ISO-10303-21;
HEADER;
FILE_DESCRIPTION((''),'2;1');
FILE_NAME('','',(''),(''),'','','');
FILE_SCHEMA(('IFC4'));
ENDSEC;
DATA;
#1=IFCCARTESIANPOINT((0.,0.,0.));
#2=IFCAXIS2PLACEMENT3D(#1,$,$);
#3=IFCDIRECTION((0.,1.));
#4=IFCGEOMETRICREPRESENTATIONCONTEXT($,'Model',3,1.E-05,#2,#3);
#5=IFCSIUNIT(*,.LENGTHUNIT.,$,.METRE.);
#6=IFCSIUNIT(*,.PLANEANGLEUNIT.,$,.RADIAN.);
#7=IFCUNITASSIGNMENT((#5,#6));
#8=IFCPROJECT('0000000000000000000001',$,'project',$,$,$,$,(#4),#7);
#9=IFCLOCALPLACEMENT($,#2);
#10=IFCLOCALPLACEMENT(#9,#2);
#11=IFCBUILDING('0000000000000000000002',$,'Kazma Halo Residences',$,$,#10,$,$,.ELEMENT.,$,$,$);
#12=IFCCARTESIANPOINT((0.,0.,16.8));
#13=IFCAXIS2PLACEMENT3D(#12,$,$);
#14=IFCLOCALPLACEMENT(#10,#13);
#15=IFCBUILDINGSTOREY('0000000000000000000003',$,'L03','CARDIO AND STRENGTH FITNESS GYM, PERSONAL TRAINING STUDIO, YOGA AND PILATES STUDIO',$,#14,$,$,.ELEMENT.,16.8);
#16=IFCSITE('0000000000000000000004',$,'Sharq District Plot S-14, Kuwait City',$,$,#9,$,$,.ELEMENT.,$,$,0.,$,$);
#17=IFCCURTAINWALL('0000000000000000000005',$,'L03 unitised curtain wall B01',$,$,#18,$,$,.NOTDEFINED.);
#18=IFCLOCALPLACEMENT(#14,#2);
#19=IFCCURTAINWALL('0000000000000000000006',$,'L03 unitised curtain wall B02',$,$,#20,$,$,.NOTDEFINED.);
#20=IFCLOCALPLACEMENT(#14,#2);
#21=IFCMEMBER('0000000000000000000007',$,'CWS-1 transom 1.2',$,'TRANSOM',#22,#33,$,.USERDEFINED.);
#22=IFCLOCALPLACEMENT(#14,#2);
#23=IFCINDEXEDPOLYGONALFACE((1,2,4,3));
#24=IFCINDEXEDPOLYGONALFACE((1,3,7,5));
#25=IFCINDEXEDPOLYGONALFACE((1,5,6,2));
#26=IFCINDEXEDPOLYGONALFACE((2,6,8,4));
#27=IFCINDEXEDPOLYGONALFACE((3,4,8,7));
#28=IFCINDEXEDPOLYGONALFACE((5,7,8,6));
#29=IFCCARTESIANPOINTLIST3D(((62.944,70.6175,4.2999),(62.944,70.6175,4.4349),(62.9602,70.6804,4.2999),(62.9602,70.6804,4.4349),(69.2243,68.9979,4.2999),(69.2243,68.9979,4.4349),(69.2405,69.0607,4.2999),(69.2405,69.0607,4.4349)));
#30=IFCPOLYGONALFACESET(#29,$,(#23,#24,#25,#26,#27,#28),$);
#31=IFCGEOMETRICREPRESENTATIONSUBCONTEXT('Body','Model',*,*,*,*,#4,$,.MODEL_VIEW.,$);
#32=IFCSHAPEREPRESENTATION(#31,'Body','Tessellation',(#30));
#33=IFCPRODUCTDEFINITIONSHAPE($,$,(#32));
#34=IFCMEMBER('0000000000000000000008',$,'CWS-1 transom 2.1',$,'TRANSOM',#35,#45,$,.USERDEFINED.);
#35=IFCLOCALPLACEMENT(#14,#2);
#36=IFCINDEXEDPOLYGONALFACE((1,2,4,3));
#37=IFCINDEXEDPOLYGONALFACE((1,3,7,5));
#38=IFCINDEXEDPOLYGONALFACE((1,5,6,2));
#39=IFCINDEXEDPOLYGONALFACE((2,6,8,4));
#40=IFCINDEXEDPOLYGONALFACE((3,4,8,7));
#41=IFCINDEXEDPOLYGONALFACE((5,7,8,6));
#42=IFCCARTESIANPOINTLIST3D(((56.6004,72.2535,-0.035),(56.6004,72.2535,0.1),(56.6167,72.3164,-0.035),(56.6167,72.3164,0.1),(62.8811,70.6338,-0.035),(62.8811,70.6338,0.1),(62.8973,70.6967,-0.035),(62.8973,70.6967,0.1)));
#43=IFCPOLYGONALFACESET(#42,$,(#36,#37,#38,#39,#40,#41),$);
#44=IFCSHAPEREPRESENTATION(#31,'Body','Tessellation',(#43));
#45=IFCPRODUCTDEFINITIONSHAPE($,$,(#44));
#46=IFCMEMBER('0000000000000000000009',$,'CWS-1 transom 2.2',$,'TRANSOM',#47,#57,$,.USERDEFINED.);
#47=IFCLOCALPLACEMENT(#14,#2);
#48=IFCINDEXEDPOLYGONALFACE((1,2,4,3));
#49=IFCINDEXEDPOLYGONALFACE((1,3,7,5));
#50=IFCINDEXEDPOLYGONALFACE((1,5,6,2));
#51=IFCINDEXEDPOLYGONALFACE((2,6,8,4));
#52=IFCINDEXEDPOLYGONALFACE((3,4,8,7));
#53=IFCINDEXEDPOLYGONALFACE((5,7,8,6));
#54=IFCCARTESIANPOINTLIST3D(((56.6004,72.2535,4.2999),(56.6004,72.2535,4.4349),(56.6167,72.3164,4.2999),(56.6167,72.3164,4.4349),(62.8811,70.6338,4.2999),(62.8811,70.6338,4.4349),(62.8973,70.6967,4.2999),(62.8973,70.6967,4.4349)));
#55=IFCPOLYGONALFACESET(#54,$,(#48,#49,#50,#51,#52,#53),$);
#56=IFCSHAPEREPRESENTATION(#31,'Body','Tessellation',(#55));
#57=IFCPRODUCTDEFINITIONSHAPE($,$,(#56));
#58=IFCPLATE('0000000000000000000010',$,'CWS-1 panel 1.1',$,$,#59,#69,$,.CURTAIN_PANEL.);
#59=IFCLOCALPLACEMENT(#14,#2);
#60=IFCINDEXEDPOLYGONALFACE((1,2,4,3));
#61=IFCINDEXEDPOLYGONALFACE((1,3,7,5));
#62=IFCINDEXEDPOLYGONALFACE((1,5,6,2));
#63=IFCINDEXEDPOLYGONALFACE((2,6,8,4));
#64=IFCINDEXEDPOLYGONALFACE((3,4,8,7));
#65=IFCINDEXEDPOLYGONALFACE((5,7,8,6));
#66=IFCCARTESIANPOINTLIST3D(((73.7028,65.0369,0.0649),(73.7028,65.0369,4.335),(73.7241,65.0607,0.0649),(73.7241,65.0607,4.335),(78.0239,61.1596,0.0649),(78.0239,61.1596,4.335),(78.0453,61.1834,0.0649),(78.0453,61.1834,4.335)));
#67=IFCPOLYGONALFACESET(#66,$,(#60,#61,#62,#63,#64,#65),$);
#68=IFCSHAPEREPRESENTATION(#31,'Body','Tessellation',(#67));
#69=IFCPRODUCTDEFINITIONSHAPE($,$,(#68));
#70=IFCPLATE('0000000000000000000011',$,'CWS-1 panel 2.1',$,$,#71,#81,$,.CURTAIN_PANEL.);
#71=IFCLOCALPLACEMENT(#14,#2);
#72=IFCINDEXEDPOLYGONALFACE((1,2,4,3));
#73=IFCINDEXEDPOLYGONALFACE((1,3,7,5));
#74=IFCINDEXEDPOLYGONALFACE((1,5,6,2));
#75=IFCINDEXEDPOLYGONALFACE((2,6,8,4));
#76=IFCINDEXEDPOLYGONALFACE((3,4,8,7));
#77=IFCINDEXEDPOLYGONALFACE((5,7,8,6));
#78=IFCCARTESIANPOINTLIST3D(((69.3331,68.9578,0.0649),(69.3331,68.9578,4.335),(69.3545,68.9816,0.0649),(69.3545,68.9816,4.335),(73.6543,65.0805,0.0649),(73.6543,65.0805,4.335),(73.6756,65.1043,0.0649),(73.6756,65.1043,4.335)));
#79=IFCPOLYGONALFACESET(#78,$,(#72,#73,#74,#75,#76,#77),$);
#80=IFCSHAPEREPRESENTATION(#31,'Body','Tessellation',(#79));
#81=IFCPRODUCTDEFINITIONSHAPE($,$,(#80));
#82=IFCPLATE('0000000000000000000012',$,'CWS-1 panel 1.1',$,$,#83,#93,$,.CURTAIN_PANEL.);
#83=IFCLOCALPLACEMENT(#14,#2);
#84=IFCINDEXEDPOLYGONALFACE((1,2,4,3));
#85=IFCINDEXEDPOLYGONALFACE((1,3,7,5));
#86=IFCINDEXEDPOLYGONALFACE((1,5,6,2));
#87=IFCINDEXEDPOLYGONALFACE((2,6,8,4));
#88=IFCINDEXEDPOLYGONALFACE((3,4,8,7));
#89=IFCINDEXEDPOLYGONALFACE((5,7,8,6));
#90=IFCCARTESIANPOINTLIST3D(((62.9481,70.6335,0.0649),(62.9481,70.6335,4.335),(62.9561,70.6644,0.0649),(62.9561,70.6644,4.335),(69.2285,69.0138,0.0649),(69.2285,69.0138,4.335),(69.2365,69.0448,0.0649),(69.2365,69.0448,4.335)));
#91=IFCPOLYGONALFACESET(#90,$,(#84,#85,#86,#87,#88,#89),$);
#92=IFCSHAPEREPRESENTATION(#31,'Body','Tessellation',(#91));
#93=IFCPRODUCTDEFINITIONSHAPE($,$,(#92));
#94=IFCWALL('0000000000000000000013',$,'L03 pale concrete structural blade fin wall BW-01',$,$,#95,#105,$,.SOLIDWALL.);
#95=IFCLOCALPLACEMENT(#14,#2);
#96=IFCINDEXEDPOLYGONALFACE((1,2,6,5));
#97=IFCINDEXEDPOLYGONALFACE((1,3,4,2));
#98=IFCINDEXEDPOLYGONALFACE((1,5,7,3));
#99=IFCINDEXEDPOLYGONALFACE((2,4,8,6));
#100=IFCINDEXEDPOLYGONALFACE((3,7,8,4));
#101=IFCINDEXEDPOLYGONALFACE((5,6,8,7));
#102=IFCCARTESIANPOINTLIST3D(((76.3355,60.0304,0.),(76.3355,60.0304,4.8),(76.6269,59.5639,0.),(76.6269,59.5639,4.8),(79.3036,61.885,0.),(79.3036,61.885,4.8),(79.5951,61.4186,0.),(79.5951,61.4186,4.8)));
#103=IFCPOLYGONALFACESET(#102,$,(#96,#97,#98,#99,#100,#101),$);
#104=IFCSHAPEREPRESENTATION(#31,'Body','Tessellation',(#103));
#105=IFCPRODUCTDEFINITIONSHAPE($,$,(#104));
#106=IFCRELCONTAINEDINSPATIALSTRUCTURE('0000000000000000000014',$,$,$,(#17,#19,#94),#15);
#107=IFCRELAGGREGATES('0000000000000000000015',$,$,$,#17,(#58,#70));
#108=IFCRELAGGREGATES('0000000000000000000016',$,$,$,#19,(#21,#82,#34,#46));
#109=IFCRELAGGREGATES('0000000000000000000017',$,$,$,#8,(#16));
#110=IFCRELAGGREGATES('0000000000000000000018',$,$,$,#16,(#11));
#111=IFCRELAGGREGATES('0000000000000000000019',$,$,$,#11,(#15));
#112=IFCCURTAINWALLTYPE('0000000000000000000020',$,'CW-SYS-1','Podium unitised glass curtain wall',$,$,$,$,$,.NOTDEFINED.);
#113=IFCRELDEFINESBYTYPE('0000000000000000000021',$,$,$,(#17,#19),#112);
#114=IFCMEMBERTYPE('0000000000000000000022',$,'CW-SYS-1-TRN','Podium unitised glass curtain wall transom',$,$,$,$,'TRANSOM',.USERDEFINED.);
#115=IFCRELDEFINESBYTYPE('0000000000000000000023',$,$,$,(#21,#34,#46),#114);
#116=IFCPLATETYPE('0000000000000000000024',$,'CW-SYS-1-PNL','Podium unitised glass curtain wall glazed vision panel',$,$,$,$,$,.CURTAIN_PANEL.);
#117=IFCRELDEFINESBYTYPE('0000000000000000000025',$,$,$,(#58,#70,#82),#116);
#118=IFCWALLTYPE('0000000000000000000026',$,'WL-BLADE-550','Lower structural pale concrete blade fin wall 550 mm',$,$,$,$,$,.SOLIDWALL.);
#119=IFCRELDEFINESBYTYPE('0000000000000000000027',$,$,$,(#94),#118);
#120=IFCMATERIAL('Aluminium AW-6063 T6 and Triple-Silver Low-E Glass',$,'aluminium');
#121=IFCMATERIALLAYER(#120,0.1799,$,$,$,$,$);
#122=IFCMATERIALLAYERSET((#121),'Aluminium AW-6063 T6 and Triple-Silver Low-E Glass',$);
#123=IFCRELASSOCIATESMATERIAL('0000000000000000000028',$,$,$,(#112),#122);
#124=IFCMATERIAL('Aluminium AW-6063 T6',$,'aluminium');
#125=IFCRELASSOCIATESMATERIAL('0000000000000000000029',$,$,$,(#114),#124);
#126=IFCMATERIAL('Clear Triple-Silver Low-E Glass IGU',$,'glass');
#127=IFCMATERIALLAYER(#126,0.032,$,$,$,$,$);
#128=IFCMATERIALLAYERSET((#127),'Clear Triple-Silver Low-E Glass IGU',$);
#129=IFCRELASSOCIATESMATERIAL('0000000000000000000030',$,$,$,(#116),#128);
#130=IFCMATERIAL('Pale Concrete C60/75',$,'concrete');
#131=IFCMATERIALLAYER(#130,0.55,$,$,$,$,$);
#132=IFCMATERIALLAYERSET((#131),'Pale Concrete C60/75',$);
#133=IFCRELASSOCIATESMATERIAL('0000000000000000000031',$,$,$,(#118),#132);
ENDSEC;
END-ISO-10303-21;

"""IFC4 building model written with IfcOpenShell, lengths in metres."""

from ifc_helpers import new_model, si_unit, direction, frame, frame_2d, origin, origin_2d, place, context, subcontext, project, spatial, rectangle, extrude, material, layer, layer_set, material_profile, profile_set, type_object, element, aggregate, save


model = new_model("IFC4")

# Units and contexts
model_context = context("Model", 3, precision=1e-05, world=origin(), true_north=direction((0.0, 1.0)))
body_context = subcontext(model_context, "Body", "Model", "MODEL_VIEW")
ifc_project = project(units=[si_unit("LENGTHUNIT", "METRE"), si_unit("PLANEANGLEUNIT", "RADIAN")], contexts=[model_context])

# Site, building, storey
site_placement = place(None, origin())
site = spatial("IfcSite", under=ifc_project, at=site_placement, Name="Sharq District Plot S-14, Kuwait City", CompositionType="ELEMENT", RefElevation=0.0)
building_placement = place(site_placement, origin())
building = spatial("IfcBuilding", under=site, at=building_placement, Name="Kazma Halo Residences", CompositionType="ELEMENT")
storey_placement = place(building_placement, frame((0.0, 0.0, 16.8)))
storey = spatial("IfcBuildingStorey", under=building, at=storey_placement, Name="L03", Description="CARDIO AND STRENGTH FITNESS GYM, PERSONAL TRAINING STUDIO, YOGA AND PILATES STUDIO", CompositionType="ELEMENT", Elevation=16.8)

# Curtain walls
ifc_material_1 = material(Name="Aluminium AW-6063 T6 and Triple-Silver Low-E Glass", Category="aluminium")
ifc_layer_1 = layer(ifc_material_1, 0.1799)
ifc_layer_set_1 = layer_set([ifc_layer_1], Name="Aluminium AW-6063 T6 and Triple-Silver Low-E Glass")
curtain_wall_type = type_object("IfcCurtainWallType", Name="CW-SYS-1", Description="Podium unitised glass curtain wall", PredefinedType="NOTDEFINED", material=ifc_layer_set_1)
curtain_wall_1_placement = place(storey_placement, origin())
curtain_wall_1 = element("IfcCurtainWall", 1, at=curtain_wall_1_placement, inside=storey, type_object=curtain_wall_type, Name="L03 unitised curtain wall B01", PredefinedType="NOTDEFINED")
ifc_material_2 = material(Name="Aluminium AW-6063 T6", Category="aluminium")
curtain_wall_2_placement = place(storey_placement, origin())
curtain_wall_2 = element("IfcCurtainWall", 2, at=curtain_wall_2_placement, inside=storey, type_object=curtain_wall_type, Name="L03 unitised curtain wall B02", PredefinedType="NOTDEFINED")

# Members
ifc_material_profile_1 = material_profile(ifc_material_2, rectangle(XDim=0.0649, YDim=0.135, at=origin_2d()), Name="CWT-65x135")
ifc_profile_set_1 = profile_set([ifc_material_profile_1], Name="Aluminium AW-6063 T6")
member_type_1 = type_object("IfcMemberType", Name="CW-SYS-1-TRN", Description="Podium unitised glass curtain wall transom", ElementType="TRANSOM", PredefinedType="USERDEFINED", material=ifc_profile_set_1)
member_1_placement = place(storey_placement, frame((69.2324, 69.0293, 4.3674), z_axis=(-0.968318, 0.249721, 0.0), x_axis=(-0.249721, -0.968318, 0.0)))
member_1 = element("IfcMember", 3, at=member_1_placement, type_object=member_type_1, Name="CWS-1 transom 1.2", ObjectType="TRANSOM", PredefinedType="USERDEFINED", context=body_context, shape_type="SweptSolid", body=[
    extrude(rectangle(XDim=0.0649, YDim=0.135, at=origin_2d()), origin(), (0.0, 0.0, 1.0), 6.4858),
])
member_2_placement = place(storey_placement, frame((62.8892, 70.6653, 0.0325), z_axis=(-0.96832, 0.249712, 0.0), x_axis=(-0.249712, -0.96832, 0.0)))
member_2 = element("IfcMember", 4, at=member_2_placement, type_object=member_type_1, Name="CWS-1 transom 2.1", ObjectType="TRANSOM", PredefinedType="USERDEFINED", context=body_context, shape_type="SweptSolid", body=[
    extrude(rectangle(XDim=0.0649, YDim=0.135, at=origin_2d()), origin(), (0.0, 0.0, 1.0), 6.4861),
])
member_3_placement = place(storey_placement, frame((62.8892, 70.6653, 4.3674), z_axis=(-0.96832, 0.249712, 0.0), x_axis=(-0.249712, -0.96832, 0.0)))
member_3 = element("IfcMember", 5, at=member_3_placement, type_object=member_type_1, Name="CWS-1 transom 2.2", ObjectType="TRANSOM", PredefinedType="USERDEFINED", context=body_context, shape_type="SweptSolid", body=[
    extrude(rectangle(XDim=0.0649, YDim=0.135, at=origin_2d()), origin(), (0.0, 0.0, 1.0), 6.4861),
])

# Plates
ifc_material_3 = material(Name="Clear Triple-Silver Low-E Glass IGU", Category="glass")
ifc_layer_2 = layer(ifc_material_3, 0.032)
ifc_layer_set_2 = layer_set([ifc_layer_2], Name="Clear Triple-Silver Low-E Glass IGU")
plate_type = type_object("IfcPlateType", Name="CW-SYS-1-PNL", Description="Podium unitised glass curtain wall glazed vision panel", PredefinedType="CURTAIN_PANEL", material=ifc_layer_set_2)
plate_1_placement = place(storey_placement, frame((75.874, 63.1101, 0.0649), z_axis=(0.0, 0.0, 1.0), x_axis=(-0.744298, 0.667848, 0.0)))
plate_1 = element("IfcPlate", 6, at=plate_1_placement, type_object=plate_type, Name="CWS-1 panel 1.1", PredefinedType="CURTAIN_PANEL", context=body_context, shape_type="SweptSolid", body=[
    extrude(rectangle(XDim=5.8057, YDim=0.032, at=origin_2d()), origin(), (0.0, 0.0, 1.0), 4.27),
])
plate_2_placement = place(storey_placement, frame((71.5044, 67.031, 0.0649), z_axis=(0.0, 0.0, 1.0), x_axis=(-0.744298, 0.667848, 0.0)))
plate_2 = element("IfcPlate", 7, at=plate_2_placement, type_object=plate_type, Name="CWS-1 panel 2.1", PredefinedType="CURTAIN_PANEL", context=body_context, shape_type="SweptSolid", body=[
    extrude(rectangle(XDim=5.8057, YDim=0.032, at=origin_2d()), origin(), (0.0, 0.0, 1.0), 4.27),
])
aggregate(curtain_wall_1, [plate_1, plate_2])
plate_3_placement = place(storey_placement, frame((66.0923, 69.8391, 0.0649), z_axis=(0.0, 0.0, 1.0), x_axis=(-0.968316, 0.249727, 0.0)))
plate_3 = element("IfcPlate", 8, at=plate_3_placement, type_object=plate_type, Name="CWS-1 panel 1.1", PredefinedType="CURTAIN_PANEL", context=body_context, shape_type="SweptSolid", body=[
    extrude(rectangle(XDim=6.4858, YDim=0.032, at=origin_2d()), origin(), (0.0, 0.0, 1.0), 4.27),
])
aggregate(curtain_wall_2, [member_1, plate_3, member_2, member_3])

# Wall
ifc_material_4 = material(Name="Pale Concrete C60/75", Category="concrete")
ifc_layer_3 = layer(ifc_material_4, 0.55)
ifc_layer_set_3 = layer_set([ifc_layer_3], Name="Pale Concrete C60/75")
wall_type = type_object("IfcWallType", Name="WL-BLADE-550", Description="Lower structural pale concrete blade fin wall 550 mm", PredefinedType="SOLIDWALL", material=ifc_layer_set_3)
wall_placement = place(storey_placement, frame((76.4812, 59.7971, 0.0), z_axis=(0.0, 0.0, 1.0), x_axis=(0.848053, 0.529911, 0.0)))
element("IfcWall", 9, at=wall_placement, inside=storey, type_object=wall_type, Name="L03 pale concrete structural blade fin wall BW-01", PredefinedType="SOLIDWALL", context=body_context, shape_type="SweptSolid", body=[
    extrude(rectangle(XDim=3.5, YDim=0.55, at=frame_2d((1.75, 0.0))), origin(), (0.0, 0.0, 1.0), 4.8),
])

save(model, "model.ifc")
